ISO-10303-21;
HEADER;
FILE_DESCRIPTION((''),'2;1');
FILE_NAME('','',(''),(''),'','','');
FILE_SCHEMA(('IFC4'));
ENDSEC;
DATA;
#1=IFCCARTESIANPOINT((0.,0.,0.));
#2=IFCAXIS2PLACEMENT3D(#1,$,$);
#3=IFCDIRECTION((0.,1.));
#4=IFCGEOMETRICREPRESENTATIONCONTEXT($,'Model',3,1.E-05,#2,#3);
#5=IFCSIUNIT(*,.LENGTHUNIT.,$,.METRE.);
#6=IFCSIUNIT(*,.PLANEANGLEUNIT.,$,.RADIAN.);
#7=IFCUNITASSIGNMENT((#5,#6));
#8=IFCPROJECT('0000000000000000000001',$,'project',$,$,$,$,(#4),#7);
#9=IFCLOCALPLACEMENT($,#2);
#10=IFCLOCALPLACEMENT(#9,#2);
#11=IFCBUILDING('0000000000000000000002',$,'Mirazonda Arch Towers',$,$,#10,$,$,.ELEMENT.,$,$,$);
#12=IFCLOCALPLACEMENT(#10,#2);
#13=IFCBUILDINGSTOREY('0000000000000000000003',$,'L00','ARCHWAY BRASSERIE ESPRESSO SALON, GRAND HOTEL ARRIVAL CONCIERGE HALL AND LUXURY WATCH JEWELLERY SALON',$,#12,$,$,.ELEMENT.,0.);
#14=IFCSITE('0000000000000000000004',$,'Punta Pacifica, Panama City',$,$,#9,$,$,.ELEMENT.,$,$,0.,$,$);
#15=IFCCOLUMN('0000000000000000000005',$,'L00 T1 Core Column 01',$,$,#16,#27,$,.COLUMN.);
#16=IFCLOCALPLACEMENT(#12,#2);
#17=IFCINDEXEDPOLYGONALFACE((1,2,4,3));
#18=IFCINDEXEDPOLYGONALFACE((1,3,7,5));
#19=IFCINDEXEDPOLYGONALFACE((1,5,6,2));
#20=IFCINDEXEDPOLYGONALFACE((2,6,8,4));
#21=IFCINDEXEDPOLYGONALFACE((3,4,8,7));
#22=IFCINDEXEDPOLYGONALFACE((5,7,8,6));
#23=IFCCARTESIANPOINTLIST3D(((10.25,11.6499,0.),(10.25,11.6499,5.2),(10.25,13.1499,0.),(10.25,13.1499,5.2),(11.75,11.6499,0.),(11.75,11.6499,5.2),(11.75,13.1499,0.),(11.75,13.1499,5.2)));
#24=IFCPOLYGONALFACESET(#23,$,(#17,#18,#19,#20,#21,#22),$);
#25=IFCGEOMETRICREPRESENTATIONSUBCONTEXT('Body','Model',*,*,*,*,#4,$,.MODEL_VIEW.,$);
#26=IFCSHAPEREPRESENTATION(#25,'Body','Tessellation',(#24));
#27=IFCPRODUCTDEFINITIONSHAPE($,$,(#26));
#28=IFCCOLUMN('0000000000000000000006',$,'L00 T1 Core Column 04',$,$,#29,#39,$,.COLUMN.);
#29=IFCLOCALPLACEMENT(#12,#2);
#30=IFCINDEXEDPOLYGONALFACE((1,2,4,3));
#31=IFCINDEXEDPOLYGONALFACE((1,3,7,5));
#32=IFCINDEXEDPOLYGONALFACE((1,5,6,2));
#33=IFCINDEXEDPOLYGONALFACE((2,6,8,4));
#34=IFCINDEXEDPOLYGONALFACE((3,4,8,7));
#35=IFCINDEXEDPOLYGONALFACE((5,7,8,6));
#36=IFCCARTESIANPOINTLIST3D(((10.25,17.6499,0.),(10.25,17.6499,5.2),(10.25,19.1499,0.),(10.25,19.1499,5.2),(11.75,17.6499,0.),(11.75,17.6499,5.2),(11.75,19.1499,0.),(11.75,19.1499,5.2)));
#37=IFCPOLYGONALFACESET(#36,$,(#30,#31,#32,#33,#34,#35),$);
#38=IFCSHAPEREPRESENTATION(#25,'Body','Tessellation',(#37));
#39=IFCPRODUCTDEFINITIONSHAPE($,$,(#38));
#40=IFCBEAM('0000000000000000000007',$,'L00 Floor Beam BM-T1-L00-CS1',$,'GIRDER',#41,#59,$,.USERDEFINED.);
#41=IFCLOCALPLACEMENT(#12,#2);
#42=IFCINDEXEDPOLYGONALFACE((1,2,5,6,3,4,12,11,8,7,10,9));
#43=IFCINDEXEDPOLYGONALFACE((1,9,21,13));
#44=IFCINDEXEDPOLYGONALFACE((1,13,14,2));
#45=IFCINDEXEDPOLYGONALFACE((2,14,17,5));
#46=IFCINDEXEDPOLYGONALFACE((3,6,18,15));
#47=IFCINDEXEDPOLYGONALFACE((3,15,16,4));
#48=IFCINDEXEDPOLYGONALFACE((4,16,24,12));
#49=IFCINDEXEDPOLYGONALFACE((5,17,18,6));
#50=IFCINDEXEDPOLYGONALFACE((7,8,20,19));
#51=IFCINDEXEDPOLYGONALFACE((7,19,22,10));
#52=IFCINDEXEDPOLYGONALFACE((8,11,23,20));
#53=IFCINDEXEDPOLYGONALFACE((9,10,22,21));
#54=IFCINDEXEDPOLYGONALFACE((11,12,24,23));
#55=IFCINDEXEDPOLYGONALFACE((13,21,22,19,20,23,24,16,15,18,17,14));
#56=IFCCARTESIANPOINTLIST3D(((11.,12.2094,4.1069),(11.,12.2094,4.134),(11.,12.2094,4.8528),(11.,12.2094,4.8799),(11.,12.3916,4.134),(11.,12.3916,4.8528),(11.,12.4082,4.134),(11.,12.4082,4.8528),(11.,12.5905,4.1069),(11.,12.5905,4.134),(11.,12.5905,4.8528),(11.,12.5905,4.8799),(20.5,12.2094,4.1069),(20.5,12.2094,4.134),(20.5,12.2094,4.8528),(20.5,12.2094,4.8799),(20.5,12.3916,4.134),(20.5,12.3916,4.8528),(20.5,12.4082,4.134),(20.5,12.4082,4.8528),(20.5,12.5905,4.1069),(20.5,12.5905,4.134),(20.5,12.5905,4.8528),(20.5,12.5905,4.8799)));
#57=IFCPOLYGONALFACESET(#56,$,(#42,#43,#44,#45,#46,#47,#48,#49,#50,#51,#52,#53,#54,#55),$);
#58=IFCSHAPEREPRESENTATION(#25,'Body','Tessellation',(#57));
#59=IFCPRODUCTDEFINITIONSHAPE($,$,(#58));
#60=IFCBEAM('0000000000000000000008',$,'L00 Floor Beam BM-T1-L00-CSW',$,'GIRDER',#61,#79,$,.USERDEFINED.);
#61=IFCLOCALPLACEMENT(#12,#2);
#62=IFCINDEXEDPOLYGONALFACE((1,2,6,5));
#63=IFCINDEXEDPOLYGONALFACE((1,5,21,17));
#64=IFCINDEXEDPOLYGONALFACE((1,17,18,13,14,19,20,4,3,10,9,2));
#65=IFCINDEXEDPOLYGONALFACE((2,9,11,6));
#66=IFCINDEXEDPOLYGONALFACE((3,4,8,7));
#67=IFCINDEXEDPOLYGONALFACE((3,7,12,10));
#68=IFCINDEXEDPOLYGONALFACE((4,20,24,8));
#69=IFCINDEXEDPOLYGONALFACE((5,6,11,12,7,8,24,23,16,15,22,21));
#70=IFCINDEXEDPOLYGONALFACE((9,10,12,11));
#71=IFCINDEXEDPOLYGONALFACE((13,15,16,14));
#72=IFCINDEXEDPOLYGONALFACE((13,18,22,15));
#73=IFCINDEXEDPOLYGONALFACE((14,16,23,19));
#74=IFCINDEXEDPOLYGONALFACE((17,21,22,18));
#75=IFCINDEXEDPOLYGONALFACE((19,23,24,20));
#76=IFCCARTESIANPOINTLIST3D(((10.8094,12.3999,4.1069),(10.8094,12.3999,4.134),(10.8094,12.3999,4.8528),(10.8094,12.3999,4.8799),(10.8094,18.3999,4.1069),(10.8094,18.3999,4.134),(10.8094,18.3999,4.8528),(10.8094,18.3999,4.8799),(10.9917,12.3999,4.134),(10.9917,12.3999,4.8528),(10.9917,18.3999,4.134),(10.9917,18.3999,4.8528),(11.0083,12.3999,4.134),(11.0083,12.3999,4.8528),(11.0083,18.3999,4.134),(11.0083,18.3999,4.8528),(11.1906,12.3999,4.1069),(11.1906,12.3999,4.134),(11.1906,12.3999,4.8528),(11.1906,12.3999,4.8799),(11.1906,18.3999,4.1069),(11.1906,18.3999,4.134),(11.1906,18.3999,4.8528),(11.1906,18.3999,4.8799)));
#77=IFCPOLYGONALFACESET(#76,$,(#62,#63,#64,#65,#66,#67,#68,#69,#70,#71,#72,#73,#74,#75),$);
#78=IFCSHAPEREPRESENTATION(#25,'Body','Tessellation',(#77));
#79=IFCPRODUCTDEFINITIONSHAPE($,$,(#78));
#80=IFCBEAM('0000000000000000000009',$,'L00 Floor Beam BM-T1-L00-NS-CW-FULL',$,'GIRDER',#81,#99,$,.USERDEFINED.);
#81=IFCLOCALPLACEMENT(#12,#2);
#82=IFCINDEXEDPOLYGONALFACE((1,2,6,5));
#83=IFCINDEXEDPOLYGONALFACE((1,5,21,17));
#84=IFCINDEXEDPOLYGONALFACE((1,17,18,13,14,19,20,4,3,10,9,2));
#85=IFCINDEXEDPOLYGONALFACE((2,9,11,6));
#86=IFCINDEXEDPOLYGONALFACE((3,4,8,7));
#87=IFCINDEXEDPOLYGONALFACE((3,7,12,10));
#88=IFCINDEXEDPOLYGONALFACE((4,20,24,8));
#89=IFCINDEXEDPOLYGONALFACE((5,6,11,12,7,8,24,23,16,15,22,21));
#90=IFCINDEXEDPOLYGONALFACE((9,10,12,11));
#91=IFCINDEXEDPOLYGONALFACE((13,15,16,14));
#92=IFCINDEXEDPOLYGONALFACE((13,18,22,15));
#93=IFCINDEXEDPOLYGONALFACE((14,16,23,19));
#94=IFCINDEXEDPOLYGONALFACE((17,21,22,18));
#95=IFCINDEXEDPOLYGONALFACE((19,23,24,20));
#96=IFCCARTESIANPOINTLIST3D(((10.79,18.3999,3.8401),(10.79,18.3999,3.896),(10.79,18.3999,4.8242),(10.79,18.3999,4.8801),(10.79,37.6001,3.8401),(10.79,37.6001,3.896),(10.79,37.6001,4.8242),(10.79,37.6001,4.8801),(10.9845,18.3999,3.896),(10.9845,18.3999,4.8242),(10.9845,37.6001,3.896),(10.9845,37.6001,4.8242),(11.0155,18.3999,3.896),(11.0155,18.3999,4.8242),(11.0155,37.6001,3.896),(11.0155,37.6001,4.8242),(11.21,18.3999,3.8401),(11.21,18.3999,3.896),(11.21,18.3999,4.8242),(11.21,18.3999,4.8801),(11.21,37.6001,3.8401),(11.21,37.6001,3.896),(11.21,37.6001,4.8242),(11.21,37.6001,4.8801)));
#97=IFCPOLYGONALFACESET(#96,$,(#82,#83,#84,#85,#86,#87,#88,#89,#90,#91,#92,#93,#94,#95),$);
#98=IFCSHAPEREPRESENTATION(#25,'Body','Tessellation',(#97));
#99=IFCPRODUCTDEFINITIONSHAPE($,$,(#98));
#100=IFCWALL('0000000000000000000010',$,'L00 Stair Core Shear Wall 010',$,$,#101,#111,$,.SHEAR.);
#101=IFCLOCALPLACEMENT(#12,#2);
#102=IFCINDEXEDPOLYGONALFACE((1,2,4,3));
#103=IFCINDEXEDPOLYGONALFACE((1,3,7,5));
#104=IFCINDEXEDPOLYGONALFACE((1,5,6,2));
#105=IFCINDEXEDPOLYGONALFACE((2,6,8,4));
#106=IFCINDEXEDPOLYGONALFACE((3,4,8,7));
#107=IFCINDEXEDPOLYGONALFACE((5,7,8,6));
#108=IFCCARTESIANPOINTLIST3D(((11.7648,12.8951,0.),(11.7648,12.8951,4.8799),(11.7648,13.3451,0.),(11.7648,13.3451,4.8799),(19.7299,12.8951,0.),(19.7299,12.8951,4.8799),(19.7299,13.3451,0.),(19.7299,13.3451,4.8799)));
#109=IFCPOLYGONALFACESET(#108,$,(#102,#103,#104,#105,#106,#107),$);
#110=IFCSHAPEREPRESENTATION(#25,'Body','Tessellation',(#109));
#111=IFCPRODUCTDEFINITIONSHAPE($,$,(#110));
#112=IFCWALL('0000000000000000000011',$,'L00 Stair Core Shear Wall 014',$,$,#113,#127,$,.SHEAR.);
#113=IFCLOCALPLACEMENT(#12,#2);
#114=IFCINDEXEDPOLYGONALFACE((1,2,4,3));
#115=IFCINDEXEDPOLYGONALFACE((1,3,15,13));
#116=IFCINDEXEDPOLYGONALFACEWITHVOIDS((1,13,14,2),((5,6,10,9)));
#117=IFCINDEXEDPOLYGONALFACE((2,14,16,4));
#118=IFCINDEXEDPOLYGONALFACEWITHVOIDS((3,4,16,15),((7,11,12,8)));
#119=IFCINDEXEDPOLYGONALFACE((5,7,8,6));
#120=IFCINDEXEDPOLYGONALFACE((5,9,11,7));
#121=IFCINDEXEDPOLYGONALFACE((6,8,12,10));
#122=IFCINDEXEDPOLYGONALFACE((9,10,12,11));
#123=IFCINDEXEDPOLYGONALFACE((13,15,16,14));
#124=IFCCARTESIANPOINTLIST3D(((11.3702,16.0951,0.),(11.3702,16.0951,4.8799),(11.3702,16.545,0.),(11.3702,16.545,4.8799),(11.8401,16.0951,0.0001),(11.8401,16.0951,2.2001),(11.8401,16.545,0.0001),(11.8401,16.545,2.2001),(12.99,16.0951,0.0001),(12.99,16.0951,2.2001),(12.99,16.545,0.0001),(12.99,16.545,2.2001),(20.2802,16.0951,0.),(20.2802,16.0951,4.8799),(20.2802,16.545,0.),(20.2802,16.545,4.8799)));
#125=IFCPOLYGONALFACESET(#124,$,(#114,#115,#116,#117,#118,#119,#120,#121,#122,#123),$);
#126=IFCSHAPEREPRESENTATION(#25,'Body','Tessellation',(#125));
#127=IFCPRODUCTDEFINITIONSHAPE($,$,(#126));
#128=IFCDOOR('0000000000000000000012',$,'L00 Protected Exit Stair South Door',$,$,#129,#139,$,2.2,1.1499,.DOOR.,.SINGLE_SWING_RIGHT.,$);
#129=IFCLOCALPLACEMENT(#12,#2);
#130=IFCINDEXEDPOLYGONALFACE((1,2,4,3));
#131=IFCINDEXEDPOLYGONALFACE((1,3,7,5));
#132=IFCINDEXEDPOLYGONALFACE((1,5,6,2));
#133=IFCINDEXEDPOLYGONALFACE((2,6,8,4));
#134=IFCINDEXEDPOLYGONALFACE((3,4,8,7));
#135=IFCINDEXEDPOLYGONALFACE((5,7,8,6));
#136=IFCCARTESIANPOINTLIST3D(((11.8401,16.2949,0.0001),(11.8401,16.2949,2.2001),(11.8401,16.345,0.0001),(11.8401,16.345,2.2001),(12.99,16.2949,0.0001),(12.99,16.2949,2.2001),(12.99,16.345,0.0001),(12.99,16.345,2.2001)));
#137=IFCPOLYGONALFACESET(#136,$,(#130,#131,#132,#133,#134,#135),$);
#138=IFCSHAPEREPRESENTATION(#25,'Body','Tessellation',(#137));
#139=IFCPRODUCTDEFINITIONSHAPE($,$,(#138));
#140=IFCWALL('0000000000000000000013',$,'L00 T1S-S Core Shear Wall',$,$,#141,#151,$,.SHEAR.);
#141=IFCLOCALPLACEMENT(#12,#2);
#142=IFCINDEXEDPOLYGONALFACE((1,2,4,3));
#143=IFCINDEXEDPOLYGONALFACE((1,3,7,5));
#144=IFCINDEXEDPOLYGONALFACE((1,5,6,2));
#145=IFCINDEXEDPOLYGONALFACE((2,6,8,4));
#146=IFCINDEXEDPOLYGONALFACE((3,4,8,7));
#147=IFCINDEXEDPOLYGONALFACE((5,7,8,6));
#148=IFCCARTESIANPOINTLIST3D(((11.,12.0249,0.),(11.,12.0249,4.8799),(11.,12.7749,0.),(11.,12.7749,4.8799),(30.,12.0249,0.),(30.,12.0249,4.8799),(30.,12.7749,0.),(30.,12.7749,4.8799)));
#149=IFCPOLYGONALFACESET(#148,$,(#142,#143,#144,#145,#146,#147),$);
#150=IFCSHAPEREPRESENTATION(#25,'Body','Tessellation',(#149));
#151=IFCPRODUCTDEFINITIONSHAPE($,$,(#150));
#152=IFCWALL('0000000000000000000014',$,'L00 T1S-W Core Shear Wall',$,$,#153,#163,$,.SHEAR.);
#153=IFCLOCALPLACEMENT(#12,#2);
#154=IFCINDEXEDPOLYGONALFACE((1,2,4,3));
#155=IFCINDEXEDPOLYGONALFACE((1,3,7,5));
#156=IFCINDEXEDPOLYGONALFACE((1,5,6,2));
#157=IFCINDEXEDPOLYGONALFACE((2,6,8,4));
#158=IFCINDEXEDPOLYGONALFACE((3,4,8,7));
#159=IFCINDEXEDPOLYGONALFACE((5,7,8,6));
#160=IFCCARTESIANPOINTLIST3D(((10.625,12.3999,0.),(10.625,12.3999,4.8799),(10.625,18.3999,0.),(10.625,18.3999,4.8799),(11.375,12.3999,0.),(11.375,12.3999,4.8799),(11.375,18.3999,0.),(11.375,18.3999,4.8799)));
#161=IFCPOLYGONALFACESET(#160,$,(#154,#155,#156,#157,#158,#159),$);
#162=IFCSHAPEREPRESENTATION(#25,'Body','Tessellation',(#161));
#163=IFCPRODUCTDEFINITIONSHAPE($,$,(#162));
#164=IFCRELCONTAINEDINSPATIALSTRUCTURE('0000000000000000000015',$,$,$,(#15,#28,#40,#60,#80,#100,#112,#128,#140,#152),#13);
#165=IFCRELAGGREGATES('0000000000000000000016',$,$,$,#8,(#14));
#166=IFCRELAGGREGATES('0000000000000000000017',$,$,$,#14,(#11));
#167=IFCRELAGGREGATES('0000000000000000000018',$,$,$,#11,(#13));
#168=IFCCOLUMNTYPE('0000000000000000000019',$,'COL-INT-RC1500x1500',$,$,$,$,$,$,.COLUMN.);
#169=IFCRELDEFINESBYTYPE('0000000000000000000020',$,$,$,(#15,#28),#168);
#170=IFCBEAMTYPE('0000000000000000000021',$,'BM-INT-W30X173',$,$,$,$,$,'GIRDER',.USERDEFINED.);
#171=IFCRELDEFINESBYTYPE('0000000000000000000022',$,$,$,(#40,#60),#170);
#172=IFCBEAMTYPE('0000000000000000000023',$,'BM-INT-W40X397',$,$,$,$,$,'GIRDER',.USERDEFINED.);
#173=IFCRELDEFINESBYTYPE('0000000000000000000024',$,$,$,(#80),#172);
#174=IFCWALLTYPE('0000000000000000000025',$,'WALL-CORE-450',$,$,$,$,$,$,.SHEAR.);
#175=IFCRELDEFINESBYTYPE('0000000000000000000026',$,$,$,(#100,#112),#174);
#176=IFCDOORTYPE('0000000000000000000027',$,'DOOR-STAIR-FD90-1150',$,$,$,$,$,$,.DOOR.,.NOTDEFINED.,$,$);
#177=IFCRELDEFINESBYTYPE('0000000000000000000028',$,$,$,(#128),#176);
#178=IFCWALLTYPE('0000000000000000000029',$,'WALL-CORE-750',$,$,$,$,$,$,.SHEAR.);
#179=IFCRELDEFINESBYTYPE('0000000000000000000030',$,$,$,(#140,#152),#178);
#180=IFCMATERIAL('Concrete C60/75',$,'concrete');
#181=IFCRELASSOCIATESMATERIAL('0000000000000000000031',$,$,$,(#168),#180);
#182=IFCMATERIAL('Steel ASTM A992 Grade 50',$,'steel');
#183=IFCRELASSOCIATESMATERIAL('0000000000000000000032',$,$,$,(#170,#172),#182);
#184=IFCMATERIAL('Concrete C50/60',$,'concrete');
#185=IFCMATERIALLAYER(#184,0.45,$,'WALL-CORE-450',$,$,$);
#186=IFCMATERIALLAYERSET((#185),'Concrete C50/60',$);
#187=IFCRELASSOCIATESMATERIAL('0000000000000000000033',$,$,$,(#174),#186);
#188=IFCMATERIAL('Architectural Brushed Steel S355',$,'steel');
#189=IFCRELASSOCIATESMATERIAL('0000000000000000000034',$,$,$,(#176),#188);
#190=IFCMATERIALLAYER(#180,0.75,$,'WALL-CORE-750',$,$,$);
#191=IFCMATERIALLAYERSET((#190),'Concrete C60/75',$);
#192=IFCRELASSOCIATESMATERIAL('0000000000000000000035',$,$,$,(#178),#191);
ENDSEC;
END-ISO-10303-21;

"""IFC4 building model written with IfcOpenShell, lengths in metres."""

from ifc_helpers import new_model, si_unit, direction, frame, frame_2d, origin, origin_2d, place, context, subcontext, project, spatial, rectangle, i_section, extrude, material, layer, layer_set, material_profile, profile_set, type_object, element, fill, save


model = new_model("IFC4")

# Units and contexts
model_context = context("Model", 3, precision=1e-05, world=origin(), true_north=direction((0.0, 1.0)))
body_context = subcontext(model_context, "Body", "Model", "MODEL_VIEW")
ifc_project = project(units=[si_unit("LENGTHUNIT", "METRE"), si_unit("PLANEANGLEUNIT", "RADIAN")], contexts=[model_context])

# Site, building, storey
site_placement = place(None, origin())
site = spatial("IfcSite", under=ifc_project, at=site_placement, Name="Punta Pacifica, Panama City", CompositionType="ELEMENT", RefElevation=0.0)
building_placement = place(site_placement, origin())
building = spatial("IfcBuilding", under=site, at=building_placement, Name="Mirazonda Arch Towers", CompositionType="ELEMENT")
storey_placement = place(building_placement, origin())
storey = spatial("IfcBuildingStorey", under=building, at=storey_placement, Name="L00", Description="ARCHWAY BRASSERIE ESPRESSO SALON, GRAND HOTEL ARRIVAL CONCIERGE HALL AND LUXURY WATCH JEWELLERY SALON", CompositionType="ELEMENT", Elevation=0.0)

# Columns
ifc_material_1 = material(Name="Concrete C60/75", Category="concrete")
ifc_material_profile_1 = material_profile(ifc_material_1, rectangle(XDim=1.5, YDim=1.5, at=origin_2d()), Name="RC1500x1500")
ifc_profile_set_1 = profile_set([ifc_material_profile_1], Name="Concrete C60/75")
column_type = type_object("IfcColumnType", Name="COL-INT-RC1500x1500", PredefinedType="COLUMN", material=ifc_profile_set_1)
for number, where, z_axis, x_axis, name in (
    (1, (11.0, 12.3999, 0.0), (0.0, 0.0, 1.0), (1.0, 0.0, 0.0), "L00 T1 Core Column 01"),
    (2, (11.0, 18.3999, 0.0), (0.0, 0.0, 1.0), (1.0, 0.0, 0.0), "L00 T1 Core Column 04"),
):
    element("IfcColumn", number, at=place(storey_placement, frame(where, z_axis=z_axis, x_axis=x_axis)), inside=storey, type_object=column_type, Name=name, PredefinedType="COLUMN", context=body_context, shape_type="SweptSolid", body=[
        extrude(rectangle(XDim=1.5, YDim=1.5, at=origin_2d()), origin(), (0.0, 0.0, 1.0), 5.2),
    ])

# Beams
ifc_material_2 = material(Name="Steel ASTM A992 Grade 50", Category="steel")
ifc_material_profile_2 = material_profile(ifc_material_2, i_section(OverallWidth=0.3811, OverallDepth=0.7729, WebThickness=0.0166, FlangeThickness=0.0271, at=origin_2d()), Name="W30X173")
ifc_profile_set_2 = profile_set([ifc_material_profile_2], Name="Steel ASTM A992 Grade 50")
beam_type_1 = type_object("IfcBeamType", Name="BM-INT-W30X173", ElementType="GIRDER", PredefinedType="USERDEFINED", material=ifc_profile_set_2)
beam_1_placement = place(storey_placement, frame((11.0, 12.3999, 4.4934), z_axis=(1.0, 0.0, 0.0), x_axis=(0.0, 1.0, 0.0)))
element("IfcBeam", 3, at=beam_1_placement, inside=storey, type_object=beam_type_1, Name="L00 Floor Beam BM-T1-L00-CS1", ObjectType="GIRDER", PredefinedType="USERDEFINED", context=body_context, shape_type="SweptSolid", body=[
    extrude(i_section(OverallWidth=0.3811, OverallDepth=0.7729, WebThickness=0.0166, FlangeThickness=0.0271, at=origin_2d()), origin(), (0.0, 0.0, 1.0), 9.5),
])
beam_2_placement = place(storey_placement, frame((11.0, 12.3999, 4.4934), z_axis=(0.0, 1.0, 0.0), x_axis=(-1.0, 0.0, 0.0)))
element("IfcBeam", 4, at=beam_2_placement, inside=storey, type_object=beam_type_1, Name="L00 Floor Beam BM-T1-L00-CSW", ObjectType="GIRDER", PredefinedType="USERDEFINED", context=body_context, shape_type="SweptSolid", body=[
    extrude(i_section(OverallWidth=0.3811, OverallDepth=0.7729, WebThickness=0.0166, FlangeThickness=0.0271, at=origin_2d()), origin(), (0.0, 0.0, 1.0), 6.0),
])
ifc_material_profile_3 = material_profile(ifc_material_2, i_section(OverallWidth=0.4199, OverallDepth=1.04, WebThickness=0.031, FlangeThickness=0.0559, at=origin_2d()), Name="W40X397")
ifc_profile_set_3 = profile_set([ifc_material_profile_3], Name="Steel ASTM A992 Grade 50")
beam_type_2 = type_object("IfcBeamType", Name="BM-INT-W40X397", ElementType="GIRDER", PredefinedType="USERDEFINED", material=ifc_profile_set_3)
beam_3_placement = place(storey_placement, frame((11.0, 18.3999, 4.3601), z_axis=(0.0, 1.0, 0.0), x_axis=(-1.0, 0.0, 0.0)))
element("IfcBeam", 5, at=beam_3_placement, inside=storey, type_object=beam_type_2, Name="L00 Floor Beam BM-T1-L00-NS-CW-FULL", ObjectType="GIRDER", PredefinedType="USERDEFINED", context=body_context, shape_type="SweptSolid", body=[
    extrude(i_section(OverallWidth=0.4199, OverallDepth=1.04, WebThickness=0.031, FlangeThickness=0.0559, at=origin_2d()), origin(), (0.0, 0.0, 1.0), 19.2002),
])

# Wall
ifc_material_3 = material(Name="Concrete C50/60", Category="concrete")
ifc_layer_1 = layer(ifc_material_3, 0.45, Name="WALL-CORE-450")
ifc_layer_set_1 = layer_set([ifc_layer_1], Name="Concrete C50/60")
wall_type_1 = type_object("IfcWallType", Name="WALL-CORE-450", PredefinedType="SHEAR", material=ifc_layer_set_1)
wall_1_placement = place(storey_placement, frame((11.7649, 13.1201, 0.0), z_axis=(0.0, 0.0, 1.0), x_axis=(1.0, 0.0, 0.0)))
element("IfcWall", 6, at=wall_1_placement, inside=storey, type_object=wall_type_1, Name="L00 Stair Core Shear Wall 010", PredefinedType="SHEAR", context=body_context, shape_type="SweptSolid", body=[
    extrude(rectangle(XDim=7.9651, YDim=0.45, at=frame_2d((3.9824, 0.0))), origin(), (0.0, 0.0, 1.0), 4.8799),
])

# Wall, opening, door
wall_2_placement = place(storey_placement, frame((11.3701, 16.3201, 0.0), z_axis=(0.0, 0.0, 1.0), x_axis=(1.0, 0.0, 0.0)))
wall_2 = element("IfcWall", 7, at=wall_2_placement, inside=storey, type_object=wall_type_1, Name="L00 Stair Core Shear Wall 014", PredefinedType="SHEAR", context=body_context, shape_type="SweptSolid", body=[
    extrude(rectangle(XDim=8.9099, YDim=0.45, at=frame_2d((4.4551, 0.0))), origin(), (0.0, 0.0, 1.0), 4.8799),
])
opening_1_placement = place(wall_2_placement, frame((0.47, 0.0, 0.0)))
opening_1 = element("IfcOpeningElement", 8, at=opening_1_placement, cuts=wall_2, PredefinedType="OPENING", context=body_context, shape_type="SweptSolid", body=[
    extrude(rectangle(XDim=1.1499, YDim=2.2, at=frame_2d((0.575, 1.1001))), frame((0.0, 0.2349, 0.0), z_axis=(0.0, -1.0, 0.0), x_axis=(1.0, 0.0, 0.0)), (0.0, 0.0, 1.0), 0.47),
])
ifc_material_4 = material(Name="Architectural Brushed Steel S355", Category="steel")
door_type_1 = type_object("IfcDoorType", Name="DOOR-STAIR-FD90-1150", OperationType="NOTDEFINED", PredefinedType="DOOR", material=ifc_material_4)
door_1_placement = place(opening_1_placement, origin())
door_1 = element("IfcDoor", 9, at=door_1_placement, inside=storey, type_object=door_type_1, Name="L00 Protected Exit Stair South Door", OperationType="SINGLE_SWING_RIGHT", OverallHeight=2.2, OverallWidth=1.1499, PredefinedType="DOOR", context=body_context, shape_type="SweptSolid", body=[
    extrude(rectangle(XDim=1.1499, YDim=2.2, at=frame_2d((0.575, 1.1001))), frame((0.0, 0.0249, 0.0), z_axis=(0.0, -1.0, 0.0), x_axis=(1.0, 0.0, 0.0)), (0.0, 0.0, 1.0), 0.05),
])
fill(opening_1, door_1)

# Walls
ifc_layer_2 = layer(ifc_material_1, 0.75, Name="WALL-CORE-750")
ifc_layer_set_2 = layer_set([ifc_layer_2], Name="Concrete C60/75")
wall_type_2 = type_object("IfcWallType", Name="WALL-CORE-750", PredefinedType="SHEAR", material=ifc_layer_set_2)
wall_3_placement = place(storey_placement, frame((11.0, 12.3999, 0.0), z_axis=(0.0, 0.0, 1.0), x_axis=(1.0, 0.0, 0.0)))
element("IfcWall", 10, at=wall_3_placement, inside=storey, type_object=wall_type_2, Name="L00 T1S-S Core Shear Wall", PredefinedType="SHEAR", context=body_context, shape_type="SweptSolid", body=[
    extrude(rectangle(XDim=19.0, YDim=0.75, at=frame_2d((9.5, 0.0))), origin(), (0.0, 0.0, 1.0), 4.8799),
])
wall_4_placement = place(storey_placement, frame((11.0, 12.3999, 0.0), z_axis=(0.0, 0.0, 1.0), x_axis=(0.0, 1.0, 0.0)))
element("IfcWall", 11, at=wall_4_placement, inside=storey, type_object=wall_type_2, Name="L00 T1S-W Core Shear Wall", PredefinedType="SHEAR", context=body_context, shape_type="SweptSolid", body=[
    extrude(rectangle(XDim=6.0, YDim=0.75, at=frame_2d((3.0, 0.0))), origin(), (0.0, 0.0, 1.0), 4.8799),
])

save(model, "model.ifc")
